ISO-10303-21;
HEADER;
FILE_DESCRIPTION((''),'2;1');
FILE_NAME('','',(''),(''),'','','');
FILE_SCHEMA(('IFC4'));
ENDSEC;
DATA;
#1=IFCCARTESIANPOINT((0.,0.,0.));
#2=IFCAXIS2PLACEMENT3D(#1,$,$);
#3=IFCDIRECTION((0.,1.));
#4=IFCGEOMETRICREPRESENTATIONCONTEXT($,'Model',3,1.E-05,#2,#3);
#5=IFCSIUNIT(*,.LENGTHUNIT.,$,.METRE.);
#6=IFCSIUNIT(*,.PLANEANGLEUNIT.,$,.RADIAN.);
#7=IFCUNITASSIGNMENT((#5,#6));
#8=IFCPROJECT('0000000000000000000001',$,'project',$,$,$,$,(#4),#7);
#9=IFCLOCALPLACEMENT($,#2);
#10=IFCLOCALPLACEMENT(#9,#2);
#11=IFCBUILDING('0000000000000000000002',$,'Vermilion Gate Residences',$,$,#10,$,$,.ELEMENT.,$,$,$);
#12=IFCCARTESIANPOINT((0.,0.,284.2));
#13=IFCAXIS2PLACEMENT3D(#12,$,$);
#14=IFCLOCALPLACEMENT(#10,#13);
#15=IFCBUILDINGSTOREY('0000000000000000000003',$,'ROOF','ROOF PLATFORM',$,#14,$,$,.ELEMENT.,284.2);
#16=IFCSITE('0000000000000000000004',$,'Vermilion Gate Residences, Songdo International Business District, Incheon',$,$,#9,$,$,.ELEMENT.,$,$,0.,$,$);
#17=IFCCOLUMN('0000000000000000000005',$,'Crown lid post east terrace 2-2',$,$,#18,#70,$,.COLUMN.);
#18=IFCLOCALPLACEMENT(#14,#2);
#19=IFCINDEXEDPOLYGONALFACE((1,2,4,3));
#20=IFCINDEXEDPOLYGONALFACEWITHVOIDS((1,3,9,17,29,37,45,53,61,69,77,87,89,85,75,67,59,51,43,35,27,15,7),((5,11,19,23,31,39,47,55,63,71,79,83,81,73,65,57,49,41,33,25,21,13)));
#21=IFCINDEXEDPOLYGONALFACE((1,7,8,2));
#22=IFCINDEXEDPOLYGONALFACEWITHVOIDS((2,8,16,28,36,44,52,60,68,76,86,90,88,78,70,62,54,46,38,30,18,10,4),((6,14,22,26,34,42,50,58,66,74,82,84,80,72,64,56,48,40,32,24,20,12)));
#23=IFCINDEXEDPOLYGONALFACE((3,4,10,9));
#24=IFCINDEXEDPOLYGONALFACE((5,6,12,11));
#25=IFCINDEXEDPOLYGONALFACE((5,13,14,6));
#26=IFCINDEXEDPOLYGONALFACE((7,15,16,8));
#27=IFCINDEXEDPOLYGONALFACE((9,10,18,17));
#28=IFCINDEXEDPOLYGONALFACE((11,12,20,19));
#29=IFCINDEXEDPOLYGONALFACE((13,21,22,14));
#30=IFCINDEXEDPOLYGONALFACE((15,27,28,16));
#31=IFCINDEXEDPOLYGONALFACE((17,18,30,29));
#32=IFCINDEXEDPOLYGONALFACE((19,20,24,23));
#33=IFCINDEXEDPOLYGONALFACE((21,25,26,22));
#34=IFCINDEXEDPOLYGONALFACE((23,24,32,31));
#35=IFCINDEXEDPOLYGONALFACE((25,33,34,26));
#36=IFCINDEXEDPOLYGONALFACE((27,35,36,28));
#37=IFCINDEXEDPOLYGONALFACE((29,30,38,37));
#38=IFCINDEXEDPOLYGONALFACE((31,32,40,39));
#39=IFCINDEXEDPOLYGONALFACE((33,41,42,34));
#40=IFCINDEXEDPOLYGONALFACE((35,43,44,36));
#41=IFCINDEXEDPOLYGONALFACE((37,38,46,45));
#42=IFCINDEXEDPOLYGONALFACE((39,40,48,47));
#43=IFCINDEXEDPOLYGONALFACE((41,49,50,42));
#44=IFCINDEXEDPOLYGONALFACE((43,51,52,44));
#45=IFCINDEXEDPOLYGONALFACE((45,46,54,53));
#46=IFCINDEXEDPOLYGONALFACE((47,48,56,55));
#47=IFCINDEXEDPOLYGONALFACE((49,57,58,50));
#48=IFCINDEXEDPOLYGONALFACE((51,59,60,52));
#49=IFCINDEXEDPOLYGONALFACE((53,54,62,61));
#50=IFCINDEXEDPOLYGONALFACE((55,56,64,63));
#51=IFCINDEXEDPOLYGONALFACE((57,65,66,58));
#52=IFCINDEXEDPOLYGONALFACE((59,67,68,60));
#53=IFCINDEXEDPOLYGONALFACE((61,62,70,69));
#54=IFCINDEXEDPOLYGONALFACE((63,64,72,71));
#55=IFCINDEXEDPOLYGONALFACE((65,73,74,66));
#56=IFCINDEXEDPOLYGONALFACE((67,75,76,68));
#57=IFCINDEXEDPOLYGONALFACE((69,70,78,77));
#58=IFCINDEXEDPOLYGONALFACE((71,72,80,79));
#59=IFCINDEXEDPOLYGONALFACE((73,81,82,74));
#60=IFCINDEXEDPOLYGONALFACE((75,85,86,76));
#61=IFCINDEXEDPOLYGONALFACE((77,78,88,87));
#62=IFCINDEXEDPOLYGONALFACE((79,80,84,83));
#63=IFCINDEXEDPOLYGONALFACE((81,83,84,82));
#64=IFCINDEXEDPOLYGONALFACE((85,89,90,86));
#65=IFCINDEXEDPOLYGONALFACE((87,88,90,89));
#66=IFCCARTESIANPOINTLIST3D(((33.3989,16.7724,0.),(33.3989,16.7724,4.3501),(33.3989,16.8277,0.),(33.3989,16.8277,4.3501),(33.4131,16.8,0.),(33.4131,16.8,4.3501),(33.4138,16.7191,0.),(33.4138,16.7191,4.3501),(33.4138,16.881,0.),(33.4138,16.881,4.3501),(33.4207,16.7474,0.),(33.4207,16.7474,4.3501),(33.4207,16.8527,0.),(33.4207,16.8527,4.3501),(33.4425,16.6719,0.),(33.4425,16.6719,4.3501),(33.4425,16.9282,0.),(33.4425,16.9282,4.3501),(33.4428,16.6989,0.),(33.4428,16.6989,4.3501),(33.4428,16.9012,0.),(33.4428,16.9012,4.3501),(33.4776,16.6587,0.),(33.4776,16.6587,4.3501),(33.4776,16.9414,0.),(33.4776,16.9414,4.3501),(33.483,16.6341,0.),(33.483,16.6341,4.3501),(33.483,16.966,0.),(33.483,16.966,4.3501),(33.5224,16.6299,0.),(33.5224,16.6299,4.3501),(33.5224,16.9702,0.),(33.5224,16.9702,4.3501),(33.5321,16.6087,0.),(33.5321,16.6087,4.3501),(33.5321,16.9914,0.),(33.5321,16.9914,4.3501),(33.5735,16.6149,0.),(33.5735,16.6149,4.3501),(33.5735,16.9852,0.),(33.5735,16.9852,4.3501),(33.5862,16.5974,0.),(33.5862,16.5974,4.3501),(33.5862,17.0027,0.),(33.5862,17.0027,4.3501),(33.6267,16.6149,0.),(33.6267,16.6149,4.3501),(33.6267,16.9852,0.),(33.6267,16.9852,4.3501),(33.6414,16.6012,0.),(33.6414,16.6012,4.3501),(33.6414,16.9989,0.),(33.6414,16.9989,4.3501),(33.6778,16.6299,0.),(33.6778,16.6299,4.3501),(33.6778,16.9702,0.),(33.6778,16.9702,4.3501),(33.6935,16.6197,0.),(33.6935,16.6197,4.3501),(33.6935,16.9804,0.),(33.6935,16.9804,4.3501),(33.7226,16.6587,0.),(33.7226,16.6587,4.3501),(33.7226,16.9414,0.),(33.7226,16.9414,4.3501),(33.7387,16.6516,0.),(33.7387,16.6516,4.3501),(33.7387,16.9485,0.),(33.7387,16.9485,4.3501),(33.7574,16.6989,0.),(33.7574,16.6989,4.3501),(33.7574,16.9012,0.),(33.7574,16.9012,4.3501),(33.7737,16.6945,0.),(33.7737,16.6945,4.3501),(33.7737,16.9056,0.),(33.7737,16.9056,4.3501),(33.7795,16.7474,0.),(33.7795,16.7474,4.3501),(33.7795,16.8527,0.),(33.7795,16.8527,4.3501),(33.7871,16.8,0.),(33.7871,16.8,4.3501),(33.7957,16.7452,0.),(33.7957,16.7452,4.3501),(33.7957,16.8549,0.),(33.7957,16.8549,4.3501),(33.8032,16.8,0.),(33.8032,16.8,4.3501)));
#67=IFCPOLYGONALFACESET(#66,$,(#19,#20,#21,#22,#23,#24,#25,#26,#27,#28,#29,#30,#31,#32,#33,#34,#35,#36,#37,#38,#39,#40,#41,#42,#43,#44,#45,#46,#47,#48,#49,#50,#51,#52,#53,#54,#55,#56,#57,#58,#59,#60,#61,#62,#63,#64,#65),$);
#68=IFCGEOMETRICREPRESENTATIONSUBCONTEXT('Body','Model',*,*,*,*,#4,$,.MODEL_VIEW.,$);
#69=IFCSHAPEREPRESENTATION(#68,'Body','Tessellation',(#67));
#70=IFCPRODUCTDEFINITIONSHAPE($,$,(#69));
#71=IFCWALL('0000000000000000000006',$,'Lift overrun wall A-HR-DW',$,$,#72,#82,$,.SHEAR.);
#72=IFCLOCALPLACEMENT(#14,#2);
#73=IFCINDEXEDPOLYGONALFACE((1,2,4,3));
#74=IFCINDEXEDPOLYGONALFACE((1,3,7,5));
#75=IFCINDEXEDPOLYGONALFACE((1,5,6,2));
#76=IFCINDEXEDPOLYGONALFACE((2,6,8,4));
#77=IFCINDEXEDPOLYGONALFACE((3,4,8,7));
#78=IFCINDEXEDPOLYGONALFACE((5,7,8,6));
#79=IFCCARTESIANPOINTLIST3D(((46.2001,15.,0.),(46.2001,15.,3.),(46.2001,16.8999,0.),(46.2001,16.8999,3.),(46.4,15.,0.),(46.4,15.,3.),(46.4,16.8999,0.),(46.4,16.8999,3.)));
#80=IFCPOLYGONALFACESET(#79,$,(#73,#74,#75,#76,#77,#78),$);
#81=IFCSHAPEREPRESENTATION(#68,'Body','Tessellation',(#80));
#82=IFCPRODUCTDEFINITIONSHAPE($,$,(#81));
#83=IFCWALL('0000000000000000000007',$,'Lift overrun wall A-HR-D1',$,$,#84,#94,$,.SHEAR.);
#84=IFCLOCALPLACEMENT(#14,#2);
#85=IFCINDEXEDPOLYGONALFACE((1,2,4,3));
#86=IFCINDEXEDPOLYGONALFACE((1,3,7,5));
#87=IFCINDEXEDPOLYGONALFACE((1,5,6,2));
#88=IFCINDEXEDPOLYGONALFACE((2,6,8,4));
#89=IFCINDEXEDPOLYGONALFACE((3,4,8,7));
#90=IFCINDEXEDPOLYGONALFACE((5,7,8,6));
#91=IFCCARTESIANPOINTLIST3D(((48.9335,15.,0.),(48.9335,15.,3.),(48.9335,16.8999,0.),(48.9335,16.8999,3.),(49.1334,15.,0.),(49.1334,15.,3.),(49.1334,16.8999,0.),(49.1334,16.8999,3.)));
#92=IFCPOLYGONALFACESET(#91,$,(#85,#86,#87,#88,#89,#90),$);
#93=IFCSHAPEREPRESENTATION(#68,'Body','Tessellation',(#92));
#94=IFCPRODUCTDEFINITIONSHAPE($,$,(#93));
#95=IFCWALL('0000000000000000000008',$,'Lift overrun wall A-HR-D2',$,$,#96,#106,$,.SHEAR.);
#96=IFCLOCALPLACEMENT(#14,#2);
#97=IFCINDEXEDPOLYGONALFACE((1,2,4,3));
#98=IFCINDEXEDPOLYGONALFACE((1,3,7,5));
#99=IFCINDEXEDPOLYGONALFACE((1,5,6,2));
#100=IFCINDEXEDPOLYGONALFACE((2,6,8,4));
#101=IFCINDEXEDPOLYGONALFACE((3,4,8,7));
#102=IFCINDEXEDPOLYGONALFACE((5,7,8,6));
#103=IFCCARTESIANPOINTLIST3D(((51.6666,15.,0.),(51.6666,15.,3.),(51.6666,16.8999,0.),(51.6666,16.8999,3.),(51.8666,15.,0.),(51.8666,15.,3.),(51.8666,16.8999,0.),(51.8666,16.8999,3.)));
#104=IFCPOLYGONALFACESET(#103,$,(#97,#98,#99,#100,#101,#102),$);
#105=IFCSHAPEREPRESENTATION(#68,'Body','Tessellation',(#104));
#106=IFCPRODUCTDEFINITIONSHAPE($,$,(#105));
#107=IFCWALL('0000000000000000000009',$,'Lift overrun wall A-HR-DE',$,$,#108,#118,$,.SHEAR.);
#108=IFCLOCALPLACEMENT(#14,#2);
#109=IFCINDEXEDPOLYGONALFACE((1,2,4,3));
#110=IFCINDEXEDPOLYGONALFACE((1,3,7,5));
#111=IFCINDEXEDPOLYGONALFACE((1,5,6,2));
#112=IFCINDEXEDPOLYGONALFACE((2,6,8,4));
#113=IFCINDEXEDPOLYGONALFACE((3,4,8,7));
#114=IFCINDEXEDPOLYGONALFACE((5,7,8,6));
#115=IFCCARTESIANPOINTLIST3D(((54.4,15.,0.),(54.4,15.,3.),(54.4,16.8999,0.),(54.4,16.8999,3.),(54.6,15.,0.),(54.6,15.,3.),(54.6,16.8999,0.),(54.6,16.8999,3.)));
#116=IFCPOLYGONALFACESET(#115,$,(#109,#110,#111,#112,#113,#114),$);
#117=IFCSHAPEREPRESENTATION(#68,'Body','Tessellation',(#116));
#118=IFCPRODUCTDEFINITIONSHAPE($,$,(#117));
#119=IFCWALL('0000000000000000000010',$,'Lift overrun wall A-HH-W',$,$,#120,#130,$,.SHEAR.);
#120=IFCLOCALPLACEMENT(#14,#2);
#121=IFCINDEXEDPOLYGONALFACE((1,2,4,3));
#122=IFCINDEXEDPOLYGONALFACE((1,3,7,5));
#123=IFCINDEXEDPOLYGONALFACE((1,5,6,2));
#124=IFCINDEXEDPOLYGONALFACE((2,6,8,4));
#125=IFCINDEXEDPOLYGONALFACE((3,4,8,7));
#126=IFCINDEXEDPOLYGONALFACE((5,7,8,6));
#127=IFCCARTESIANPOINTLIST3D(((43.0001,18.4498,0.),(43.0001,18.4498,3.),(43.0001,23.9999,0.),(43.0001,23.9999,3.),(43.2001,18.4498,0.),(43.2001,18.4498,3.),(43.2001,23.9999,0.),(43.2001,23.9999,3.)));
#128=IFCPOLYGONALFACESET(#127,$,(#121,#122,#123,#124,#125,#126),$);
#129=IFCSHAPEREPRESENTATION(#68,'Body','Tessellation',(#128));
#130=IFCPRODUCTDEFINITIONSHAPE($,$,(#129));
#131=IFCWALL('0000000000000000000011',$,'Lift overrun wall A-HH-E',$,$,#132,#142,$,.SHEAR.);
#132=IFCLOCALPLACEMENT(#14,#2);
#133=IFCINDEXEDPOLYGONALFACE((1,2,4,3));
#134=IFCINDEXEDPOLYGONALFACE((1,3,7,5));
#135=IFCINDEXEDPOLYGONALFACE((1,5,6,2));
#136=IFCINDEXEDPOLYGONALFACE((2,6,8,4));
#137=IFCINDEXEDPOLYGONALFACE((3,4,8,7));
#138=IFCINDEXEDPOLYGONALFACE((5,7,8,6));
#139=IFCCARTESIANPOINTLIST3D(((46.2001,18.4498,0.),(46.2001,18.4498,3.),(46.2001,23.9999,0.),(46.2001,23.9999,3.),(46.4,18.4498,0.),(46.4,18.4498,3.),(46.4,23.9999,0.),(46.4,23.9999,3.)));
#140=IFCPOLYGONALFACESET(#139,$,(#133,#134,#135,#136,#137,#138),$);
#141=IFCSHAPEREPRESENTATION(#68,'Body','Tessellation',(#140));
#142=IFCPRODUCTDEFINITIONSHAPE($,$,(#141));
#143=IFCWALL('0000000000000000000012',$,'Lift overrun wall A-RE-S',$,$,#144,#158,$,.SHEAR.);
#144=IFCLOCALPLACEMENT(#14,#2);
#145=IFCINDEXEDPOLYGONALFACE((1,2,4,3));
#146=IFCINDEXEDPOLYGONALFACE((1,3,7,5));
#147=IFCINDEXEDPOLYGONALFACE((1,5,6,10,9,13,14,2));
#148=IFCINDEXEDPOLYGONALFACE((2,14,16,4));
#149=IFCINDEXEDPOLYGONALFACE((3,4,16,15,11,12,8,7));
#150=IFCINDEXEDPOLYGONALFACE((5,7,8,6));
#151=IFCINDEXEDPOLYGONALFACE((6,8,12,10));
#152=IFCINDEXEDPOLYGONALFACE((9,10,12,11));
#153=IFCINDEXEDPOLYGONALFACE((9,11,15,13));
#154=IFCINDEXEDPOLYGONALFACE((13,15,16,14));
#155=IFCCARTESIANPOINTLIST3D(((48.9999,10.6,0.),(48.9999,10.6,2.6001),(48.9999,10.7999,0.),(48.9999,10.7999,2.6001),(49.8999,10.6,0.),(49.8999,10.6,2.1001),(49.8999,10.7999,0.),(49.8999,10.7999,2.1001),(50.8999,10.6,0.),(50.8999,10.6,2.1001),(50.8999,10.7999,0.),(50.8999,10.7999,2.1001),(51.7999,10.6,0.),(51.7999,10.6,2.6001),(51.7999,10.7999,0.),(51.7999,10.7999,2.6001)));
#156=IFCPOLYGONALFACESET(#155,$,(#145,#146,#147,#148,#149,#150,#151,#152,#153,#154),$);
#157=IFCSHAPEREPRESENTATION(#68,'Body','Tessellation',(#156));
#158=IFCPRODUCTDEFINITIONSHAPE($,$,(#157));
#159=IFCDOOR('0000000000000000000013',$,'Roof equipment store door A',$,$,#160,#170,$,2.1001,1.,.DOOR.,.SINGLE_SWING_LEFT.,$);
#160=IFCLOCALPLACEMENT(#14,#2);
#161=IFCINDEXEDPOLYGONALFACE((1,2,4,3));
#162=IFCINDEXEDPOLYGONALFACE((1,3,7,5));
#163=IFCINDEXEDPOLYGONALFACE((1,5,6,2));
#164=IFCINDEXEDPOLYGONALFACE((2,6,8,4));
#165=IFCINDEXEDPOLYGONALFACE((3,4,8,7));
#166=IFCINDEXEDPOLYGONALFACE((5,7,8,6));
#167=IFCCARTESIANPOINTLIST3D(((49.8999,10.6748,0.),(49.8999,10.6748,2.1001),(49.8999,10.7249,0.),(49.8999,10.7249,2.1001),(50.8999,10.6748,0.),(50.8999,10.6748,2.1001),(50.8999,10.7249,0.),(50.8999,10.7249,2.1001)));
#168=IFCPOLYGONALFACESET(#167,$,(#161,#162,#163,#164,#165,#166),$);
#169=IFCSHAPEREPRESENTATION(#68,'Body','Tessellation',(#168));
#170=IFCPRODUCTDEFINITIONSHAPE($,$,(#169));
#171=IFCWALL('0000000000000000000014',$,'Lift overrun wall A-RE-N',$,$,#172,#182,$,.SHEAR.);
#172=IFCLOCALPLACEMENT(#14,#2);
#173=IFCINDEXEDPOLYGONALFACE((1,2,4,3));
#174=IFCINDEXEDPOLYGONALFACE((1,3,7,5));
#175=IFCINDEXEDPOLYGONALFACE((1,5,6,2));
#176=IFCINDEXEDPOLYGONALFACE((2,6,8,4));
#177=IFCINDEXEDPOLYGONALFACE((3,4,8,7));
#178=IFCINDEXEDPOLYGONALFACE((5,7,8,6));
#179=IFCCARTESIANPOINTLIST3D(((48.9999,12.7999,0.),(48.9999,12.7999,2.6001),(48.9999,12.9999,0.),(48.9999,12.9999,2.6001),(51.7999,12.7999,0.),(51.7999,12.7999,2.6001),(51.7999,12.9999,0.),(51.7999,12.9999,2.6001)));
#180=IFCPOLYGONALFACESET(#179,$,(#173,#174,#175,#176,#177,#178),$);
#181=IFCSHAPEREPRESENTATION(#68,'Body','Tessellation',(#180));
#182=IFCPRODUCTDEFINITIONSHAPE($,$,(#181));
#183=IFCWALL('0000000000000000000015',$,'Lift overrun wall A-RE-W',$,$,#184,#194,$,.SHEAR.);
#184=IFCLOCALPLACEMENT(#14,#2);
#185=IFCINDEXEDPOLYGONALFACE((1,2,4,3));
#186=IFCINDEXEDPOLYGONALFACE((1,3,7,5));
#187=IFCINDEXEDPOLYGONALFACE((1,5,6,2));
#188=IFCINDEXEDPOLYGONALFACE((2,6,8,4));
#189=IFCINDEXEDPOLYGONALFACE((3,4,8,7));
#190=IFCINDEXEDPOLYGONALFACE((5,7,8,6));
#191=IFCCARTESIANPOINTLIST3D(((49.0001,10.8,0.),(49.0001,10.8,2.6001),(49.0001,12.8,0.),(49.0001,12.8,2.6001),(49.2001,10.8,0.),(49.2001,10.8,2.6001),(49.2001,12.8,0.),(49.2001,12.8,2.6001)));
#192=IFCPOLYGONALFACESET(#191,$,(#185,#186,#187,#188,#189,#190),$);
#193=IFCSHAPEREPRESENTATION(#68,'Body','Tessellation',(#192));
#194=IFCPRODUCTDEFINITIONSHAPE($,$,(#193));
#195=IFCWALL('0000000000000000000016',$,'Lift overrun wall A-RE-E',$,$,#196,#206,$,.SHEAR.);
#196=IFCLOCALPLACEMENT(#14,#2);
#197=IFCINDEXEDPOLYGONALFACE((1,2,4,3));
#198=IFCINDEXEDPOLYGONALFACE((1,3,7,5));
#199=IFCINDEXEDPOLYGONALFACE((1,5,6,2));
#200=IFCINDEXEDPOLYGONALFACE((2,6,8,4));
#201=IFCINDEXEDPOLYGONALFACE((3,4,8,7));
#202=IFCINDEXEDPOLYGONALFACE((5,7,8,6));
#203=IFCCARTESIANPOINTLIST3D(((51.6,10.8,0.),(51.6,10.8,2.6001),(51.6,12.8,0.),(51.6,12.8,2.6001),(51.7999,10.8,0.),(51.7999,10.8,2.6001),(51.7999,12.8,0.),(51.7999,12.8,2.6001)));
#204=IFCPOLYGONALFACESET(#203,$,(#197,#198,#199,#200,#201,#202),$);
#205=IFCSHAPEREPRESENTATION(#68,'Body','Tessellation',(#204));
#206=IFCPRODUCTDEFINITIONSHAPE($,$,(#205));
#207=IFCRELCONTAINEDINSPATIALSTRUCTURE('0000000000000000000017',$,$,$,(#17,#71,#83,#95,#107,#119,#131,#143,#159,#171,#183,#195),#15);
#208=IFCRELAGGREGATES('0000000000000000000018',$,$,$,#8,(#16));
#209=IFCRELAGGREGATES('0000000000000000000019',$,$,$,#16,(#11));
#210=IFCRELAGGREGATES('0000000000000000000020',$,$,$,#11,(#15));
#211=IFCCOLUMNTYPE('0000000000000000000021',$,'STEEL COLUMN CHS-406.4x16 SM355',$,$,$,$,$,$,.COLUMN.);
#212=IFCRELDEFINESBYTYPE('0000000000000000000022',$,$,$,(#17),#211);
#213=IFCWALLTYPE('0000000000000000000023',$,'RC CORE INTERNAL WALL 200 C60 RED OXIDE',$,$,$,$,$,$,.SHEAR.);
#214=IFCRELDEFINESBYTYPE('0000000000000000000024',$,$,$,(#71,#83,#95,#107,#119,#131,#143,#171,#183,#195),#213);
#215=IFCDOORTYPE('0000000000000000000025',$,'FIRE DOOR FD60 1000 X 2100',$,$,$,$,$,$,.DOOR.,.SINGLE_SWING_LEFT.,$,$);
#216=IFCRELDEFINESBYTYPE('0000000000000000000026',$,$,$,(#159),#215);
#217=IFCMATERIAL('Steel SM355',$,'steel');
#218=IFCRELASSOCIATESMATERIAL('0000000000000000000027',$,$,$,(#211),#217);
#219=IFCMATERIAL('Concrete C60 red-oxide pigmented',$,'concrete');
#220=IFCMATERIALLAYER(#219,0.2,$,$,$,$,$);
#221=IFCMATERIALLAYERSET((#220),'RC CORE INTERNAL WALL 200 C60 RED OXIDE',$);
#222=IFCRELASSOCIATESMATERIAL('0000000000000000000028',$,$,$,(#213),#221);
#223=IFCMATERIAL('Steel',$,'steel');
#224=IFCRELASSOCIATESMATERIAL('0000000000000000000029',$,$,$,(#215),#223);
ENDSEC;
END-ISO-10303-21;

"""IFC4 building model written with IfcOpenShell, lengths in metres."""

from ifc_helpers import new_model, si_unit, direction, frame, frame_2d, origin, origin_2d, place, context, subcontext, project, spatial, rectangle, hollow_circle, extrude, material, layer, layer_set, material_profile, profile_set, type_object, element, fill, save


model = new_model("IFC4")

# Units and contexts
model_context = context("Model", 3, precision=1e-05, world=origin(), true_north=direction((0.0, 1.0)))
body_context = subcontext(model_context, "Body", "Model", "MODEL_VIEW")
ifc_project = project(units=[si_unit("LENGTHUNIT", "METRE"), si_unit("PLANEANGLEUNIT", "RADIAN")], contexts=[model_context])

# Site, building, storey
site_placement = place(None, origin())
site = spatial("IfcSite", under=ifc_project, at=site_placement, Name="Vermilion Gate Residences, Songdo International Business District, Incheon", CompositionType="ELEMENT", RefElevation=0.0)
building_placement = place(site_placement, origin())
building = spatial("IfcBuilding", under=site, at=building_placement, Name="Vermilion Gate Residences", CompositionType="ELEMENT")
storey_placement = place(building_placement, frame((0.0, 0.0, 284.2)))
storey = spatial("IfcBuildingStorey", under=building, at=storey_placement, Name="ROOF", Description="ROOF PLATFORM", CompositionType="ELEMENT", Elevation=284.2)

# Column
ifc_material_1 = material(Name="Steel SM355", Category="steel")
ifc_material_profile = material_profile(ifc_material_1, hollow_circle(Radius=0.2031, WallThickness=0.0161, at=origin_2d()), Name="CHS-406.4x16")
ifc_profile_set = profile_set([ifc_material_profile], Name="Steel SM355")
column_type = type_object("IfcColumnType", Name="STEEL COLUMN CHS-406.4x16 SM355", PredefinedType="COLUMN", material=ifc_profile_set)
for number, where, z_axis, x_axis, name in (
    (1, (33.6001, 16.8, 0.0), (0.0, 0.0, 1.0), (1.0, 0.0, 0.0), "Crown lid post east terrace 2-2"),
):
    element("IfcColumn", number, at=place(storey_placement, frame(where, z_axis=z_axis, x_axis=x_axis)), inside=storey, type_object=column_type, Name=name, PredefinedType="COLUMN", context=body_context, shape_type="SweptSolid", body=[
        extrude(hollow_circle(Radius=0.2031, WallThickness=0.0161, at=origin_2d()), origin(), (0.0, 0.0, 1.0), 4.3501),
    ])

# Walls
ifc_material_2 = material(Name="Concrete C60 red-oxide pigmented", Category="concrete")
ifc_layer_1 = layer(ifc_material_2, 0.2)
ifc_layer_set_1 = layer_set([ifc_layer_1], Name="RC CORE INTERNAL WALL 200 C60 RED OXIDE")
wall_type_1 = type_object("IfcWallType", Name="RC CORE INTERNAL WALL 200 C60 RED OXIDE", PredefinedType="SHEAR", material=ifc_layer_set_1)
for number, where, z_axis, x_axis, name in (
    (2, (46.3, 15.0, 0.0), (0.0, 0.0, 1.0), (0.0, 1.0, 0.0), "Lift overrun wall A-HR-DW"),
    (3, (49.0334, 15.0, 0.0), (0.0, 0.0, 1.0), (0.0, 1.0, 0.0), "Lift overrun wall A-HR-D1"),
    (4, (51.7666, 15.0, 0.0), (0.0, 0.0, 1.0), (0.0, 1.0, 0.0), "Lift overrun wall A-HR-D2"),
    (5, (54.5, 15.0, 0.0), (0.0, 0.0, 1.0), (0.0, 1.0, 0.0), "Lift overrun wall A-HR-DE"),
):
    element("IfcWall", number, at=place(storey_placement, frame(where, z_axis=z_axis, x_axis=x_axis)), inside=storey, type_object=wall_type_1, Name=name, PredefinedType="SHEAR", context=body_context, shape_type="SweptSolid", body=[
        extrude(rectangle(XDim=1.8999, YDim=0.2, at=frame_2d((0.95, 0.0))), origin(), (0.0, 0.0, 1.0), 3.0),
    ])
for number, where, z_axis, x_axis, name in (
    (6, (43.1001, 18.45, 0.0), (0.0, 0.0, 1.0), (0.0, 1.0, 0.0), "Lift overrun wall A-HH-W"),
    (7, (46.3, 18.45, 0.0), (0.0, 0.0, 1.0), (0.0, 1.0, 0.0), "Lift overrun wall A-HH-E"),
):
    element("IfcWall", number, at=place(storey_placement, frame(where, z_axis=z_axis, x_axis=x_axis)), inside=storey, type_object=wall_type_1, Name=name, PredefinedType="SHEAR", context=body_context, shape_type="SweptSolid", body=[
        extrude(rectangle(XDim=5.55, YDim=0.2, at=frame_2d((2.7749, 0.0))), origin(), (0.0, 0.0, 1.0), 3.0),
    ])

# Wall, opening, door
wall_1_placement = place(storey_placement, frame((49.0, 10.7, 0.0), z_axis=(0.0, 0.0, 1.0), x_axis=(1.0, 0.0, 0.0)))
wall_1 = element("IfcWall", 8, at=wall_1_placement, inside=storey, type_object=wall_type_1, Name="Lift overrun wall A-RE-S", PredefinedType="SHEAR", context=body_context, shape_type="SweptSolid", body=[
    extrude(rectangle(XDim=2.8, YDim=0.2, at=frame_2d((1.3999, 0.0))), origin(), (0.0, 0.0, 1.0), 2.6001),
])
opening_placement = place(wall_1_placement, frame((0.8999, 0.0, 0.0)))
opening = element("IfcOpeningElement", 9, at=opening_placement, cuts=wall_1, PredefinedType="OPENING", context=body_context, shape_type="SweptSolid", body=[
    extrude(rectangle(XDim=1.0, YDim=2.1001, at=frame_2d((0.5, 1.05))), frame((0.0, 0.1099, 0.0), z_axis=(0.0, -1.0, 0.0), x_axis=(1.0, 0.0, 0.0)), (0.0, 0.0, 1.0), 0.22),
])
ifc_material_3 = material(Name="Steel", Category="steel")
door_type = type_object("IfcDoorType", Name="FIRE DOOR FD60 1000 X 2100", OperationType="SINGLE_SWING_LEFT", PredefinedType="DOOR", material=ifc_material_3)
door_placement = place(opening_placement, origin())
door = element("IfcDoor", 10, at=door_placement, inside=storey, type_object=door_type, Name="Roof equipment store door A", OperationType="SINGLE_SWING_LEFT", OverallHeight=2.1001, OverallWidth=1.0, PredefinedType="DOOR", context=body_context, shape_type="SweptSolid", body=[
    extrude(rectangle(XDim=1.0, YDim=2.1001, at=frame_2d((0.5, 1.05))), frame((0.0, 0.0249, 0.0), z_axis=(0.0, -1.0, 0.0), x_axis=(1.0, 0.0, 0.0)), (0.0, 0.0, 1.0), 0.05),
])
fill(opening, door)

# Walls
wall_2_placement = place(storey_placement, frame((49.0, 12.8999, 0.0), z_axis=(0.0, 0.0, 1.0), x_axis=(1.0, 0.0, 0.0)))
element("IfcWall", 11, at=wall_2_placement, inside=storey, type_object=wall_type_1, Name="Lift overrun wall A-RE-N", PredefinedType="SHEAR", context=body_context, shape_type="SweptSolid", body=[
    extrude(rectangle(XDim=2.8, YDim=0.2, at=frame_2d((1.3999, 0.0))), origin(), (0.0, 0.0, 1.0), 2.6001),
])
for number, where, z_axis, x_axis, name in (
    (12, (49.1001, 10.8, 0.0), (0.0, 0.0, 1.0), (0.0, 1.0, 0.0), "Lift overrun wall A-RE-W"),
    (13, (51.7, 10.8, 0.0), (0.0, 0.0, 1.0), (0.0, 1.0, 0.0), "Lift overrun wall A-RE-E"),
):
    element("IfcWall", number, at=place(storey_placement, frame(where, z_axis=z_axis, x_axis=x_axis)), inside=storey, type_object=wall_type_1, Name=name, PredefinedType="SHEAR", context=body_context, shape_type="SweptSolid", body=[
        extrude(rectangle(XDim=2.0, YDim=0.2, at=frame_2d((1.0, 0.0))), origin(), (0.0, 0.0, 1.0), 2.6001),
    ])

save(model, "model.ifc")
